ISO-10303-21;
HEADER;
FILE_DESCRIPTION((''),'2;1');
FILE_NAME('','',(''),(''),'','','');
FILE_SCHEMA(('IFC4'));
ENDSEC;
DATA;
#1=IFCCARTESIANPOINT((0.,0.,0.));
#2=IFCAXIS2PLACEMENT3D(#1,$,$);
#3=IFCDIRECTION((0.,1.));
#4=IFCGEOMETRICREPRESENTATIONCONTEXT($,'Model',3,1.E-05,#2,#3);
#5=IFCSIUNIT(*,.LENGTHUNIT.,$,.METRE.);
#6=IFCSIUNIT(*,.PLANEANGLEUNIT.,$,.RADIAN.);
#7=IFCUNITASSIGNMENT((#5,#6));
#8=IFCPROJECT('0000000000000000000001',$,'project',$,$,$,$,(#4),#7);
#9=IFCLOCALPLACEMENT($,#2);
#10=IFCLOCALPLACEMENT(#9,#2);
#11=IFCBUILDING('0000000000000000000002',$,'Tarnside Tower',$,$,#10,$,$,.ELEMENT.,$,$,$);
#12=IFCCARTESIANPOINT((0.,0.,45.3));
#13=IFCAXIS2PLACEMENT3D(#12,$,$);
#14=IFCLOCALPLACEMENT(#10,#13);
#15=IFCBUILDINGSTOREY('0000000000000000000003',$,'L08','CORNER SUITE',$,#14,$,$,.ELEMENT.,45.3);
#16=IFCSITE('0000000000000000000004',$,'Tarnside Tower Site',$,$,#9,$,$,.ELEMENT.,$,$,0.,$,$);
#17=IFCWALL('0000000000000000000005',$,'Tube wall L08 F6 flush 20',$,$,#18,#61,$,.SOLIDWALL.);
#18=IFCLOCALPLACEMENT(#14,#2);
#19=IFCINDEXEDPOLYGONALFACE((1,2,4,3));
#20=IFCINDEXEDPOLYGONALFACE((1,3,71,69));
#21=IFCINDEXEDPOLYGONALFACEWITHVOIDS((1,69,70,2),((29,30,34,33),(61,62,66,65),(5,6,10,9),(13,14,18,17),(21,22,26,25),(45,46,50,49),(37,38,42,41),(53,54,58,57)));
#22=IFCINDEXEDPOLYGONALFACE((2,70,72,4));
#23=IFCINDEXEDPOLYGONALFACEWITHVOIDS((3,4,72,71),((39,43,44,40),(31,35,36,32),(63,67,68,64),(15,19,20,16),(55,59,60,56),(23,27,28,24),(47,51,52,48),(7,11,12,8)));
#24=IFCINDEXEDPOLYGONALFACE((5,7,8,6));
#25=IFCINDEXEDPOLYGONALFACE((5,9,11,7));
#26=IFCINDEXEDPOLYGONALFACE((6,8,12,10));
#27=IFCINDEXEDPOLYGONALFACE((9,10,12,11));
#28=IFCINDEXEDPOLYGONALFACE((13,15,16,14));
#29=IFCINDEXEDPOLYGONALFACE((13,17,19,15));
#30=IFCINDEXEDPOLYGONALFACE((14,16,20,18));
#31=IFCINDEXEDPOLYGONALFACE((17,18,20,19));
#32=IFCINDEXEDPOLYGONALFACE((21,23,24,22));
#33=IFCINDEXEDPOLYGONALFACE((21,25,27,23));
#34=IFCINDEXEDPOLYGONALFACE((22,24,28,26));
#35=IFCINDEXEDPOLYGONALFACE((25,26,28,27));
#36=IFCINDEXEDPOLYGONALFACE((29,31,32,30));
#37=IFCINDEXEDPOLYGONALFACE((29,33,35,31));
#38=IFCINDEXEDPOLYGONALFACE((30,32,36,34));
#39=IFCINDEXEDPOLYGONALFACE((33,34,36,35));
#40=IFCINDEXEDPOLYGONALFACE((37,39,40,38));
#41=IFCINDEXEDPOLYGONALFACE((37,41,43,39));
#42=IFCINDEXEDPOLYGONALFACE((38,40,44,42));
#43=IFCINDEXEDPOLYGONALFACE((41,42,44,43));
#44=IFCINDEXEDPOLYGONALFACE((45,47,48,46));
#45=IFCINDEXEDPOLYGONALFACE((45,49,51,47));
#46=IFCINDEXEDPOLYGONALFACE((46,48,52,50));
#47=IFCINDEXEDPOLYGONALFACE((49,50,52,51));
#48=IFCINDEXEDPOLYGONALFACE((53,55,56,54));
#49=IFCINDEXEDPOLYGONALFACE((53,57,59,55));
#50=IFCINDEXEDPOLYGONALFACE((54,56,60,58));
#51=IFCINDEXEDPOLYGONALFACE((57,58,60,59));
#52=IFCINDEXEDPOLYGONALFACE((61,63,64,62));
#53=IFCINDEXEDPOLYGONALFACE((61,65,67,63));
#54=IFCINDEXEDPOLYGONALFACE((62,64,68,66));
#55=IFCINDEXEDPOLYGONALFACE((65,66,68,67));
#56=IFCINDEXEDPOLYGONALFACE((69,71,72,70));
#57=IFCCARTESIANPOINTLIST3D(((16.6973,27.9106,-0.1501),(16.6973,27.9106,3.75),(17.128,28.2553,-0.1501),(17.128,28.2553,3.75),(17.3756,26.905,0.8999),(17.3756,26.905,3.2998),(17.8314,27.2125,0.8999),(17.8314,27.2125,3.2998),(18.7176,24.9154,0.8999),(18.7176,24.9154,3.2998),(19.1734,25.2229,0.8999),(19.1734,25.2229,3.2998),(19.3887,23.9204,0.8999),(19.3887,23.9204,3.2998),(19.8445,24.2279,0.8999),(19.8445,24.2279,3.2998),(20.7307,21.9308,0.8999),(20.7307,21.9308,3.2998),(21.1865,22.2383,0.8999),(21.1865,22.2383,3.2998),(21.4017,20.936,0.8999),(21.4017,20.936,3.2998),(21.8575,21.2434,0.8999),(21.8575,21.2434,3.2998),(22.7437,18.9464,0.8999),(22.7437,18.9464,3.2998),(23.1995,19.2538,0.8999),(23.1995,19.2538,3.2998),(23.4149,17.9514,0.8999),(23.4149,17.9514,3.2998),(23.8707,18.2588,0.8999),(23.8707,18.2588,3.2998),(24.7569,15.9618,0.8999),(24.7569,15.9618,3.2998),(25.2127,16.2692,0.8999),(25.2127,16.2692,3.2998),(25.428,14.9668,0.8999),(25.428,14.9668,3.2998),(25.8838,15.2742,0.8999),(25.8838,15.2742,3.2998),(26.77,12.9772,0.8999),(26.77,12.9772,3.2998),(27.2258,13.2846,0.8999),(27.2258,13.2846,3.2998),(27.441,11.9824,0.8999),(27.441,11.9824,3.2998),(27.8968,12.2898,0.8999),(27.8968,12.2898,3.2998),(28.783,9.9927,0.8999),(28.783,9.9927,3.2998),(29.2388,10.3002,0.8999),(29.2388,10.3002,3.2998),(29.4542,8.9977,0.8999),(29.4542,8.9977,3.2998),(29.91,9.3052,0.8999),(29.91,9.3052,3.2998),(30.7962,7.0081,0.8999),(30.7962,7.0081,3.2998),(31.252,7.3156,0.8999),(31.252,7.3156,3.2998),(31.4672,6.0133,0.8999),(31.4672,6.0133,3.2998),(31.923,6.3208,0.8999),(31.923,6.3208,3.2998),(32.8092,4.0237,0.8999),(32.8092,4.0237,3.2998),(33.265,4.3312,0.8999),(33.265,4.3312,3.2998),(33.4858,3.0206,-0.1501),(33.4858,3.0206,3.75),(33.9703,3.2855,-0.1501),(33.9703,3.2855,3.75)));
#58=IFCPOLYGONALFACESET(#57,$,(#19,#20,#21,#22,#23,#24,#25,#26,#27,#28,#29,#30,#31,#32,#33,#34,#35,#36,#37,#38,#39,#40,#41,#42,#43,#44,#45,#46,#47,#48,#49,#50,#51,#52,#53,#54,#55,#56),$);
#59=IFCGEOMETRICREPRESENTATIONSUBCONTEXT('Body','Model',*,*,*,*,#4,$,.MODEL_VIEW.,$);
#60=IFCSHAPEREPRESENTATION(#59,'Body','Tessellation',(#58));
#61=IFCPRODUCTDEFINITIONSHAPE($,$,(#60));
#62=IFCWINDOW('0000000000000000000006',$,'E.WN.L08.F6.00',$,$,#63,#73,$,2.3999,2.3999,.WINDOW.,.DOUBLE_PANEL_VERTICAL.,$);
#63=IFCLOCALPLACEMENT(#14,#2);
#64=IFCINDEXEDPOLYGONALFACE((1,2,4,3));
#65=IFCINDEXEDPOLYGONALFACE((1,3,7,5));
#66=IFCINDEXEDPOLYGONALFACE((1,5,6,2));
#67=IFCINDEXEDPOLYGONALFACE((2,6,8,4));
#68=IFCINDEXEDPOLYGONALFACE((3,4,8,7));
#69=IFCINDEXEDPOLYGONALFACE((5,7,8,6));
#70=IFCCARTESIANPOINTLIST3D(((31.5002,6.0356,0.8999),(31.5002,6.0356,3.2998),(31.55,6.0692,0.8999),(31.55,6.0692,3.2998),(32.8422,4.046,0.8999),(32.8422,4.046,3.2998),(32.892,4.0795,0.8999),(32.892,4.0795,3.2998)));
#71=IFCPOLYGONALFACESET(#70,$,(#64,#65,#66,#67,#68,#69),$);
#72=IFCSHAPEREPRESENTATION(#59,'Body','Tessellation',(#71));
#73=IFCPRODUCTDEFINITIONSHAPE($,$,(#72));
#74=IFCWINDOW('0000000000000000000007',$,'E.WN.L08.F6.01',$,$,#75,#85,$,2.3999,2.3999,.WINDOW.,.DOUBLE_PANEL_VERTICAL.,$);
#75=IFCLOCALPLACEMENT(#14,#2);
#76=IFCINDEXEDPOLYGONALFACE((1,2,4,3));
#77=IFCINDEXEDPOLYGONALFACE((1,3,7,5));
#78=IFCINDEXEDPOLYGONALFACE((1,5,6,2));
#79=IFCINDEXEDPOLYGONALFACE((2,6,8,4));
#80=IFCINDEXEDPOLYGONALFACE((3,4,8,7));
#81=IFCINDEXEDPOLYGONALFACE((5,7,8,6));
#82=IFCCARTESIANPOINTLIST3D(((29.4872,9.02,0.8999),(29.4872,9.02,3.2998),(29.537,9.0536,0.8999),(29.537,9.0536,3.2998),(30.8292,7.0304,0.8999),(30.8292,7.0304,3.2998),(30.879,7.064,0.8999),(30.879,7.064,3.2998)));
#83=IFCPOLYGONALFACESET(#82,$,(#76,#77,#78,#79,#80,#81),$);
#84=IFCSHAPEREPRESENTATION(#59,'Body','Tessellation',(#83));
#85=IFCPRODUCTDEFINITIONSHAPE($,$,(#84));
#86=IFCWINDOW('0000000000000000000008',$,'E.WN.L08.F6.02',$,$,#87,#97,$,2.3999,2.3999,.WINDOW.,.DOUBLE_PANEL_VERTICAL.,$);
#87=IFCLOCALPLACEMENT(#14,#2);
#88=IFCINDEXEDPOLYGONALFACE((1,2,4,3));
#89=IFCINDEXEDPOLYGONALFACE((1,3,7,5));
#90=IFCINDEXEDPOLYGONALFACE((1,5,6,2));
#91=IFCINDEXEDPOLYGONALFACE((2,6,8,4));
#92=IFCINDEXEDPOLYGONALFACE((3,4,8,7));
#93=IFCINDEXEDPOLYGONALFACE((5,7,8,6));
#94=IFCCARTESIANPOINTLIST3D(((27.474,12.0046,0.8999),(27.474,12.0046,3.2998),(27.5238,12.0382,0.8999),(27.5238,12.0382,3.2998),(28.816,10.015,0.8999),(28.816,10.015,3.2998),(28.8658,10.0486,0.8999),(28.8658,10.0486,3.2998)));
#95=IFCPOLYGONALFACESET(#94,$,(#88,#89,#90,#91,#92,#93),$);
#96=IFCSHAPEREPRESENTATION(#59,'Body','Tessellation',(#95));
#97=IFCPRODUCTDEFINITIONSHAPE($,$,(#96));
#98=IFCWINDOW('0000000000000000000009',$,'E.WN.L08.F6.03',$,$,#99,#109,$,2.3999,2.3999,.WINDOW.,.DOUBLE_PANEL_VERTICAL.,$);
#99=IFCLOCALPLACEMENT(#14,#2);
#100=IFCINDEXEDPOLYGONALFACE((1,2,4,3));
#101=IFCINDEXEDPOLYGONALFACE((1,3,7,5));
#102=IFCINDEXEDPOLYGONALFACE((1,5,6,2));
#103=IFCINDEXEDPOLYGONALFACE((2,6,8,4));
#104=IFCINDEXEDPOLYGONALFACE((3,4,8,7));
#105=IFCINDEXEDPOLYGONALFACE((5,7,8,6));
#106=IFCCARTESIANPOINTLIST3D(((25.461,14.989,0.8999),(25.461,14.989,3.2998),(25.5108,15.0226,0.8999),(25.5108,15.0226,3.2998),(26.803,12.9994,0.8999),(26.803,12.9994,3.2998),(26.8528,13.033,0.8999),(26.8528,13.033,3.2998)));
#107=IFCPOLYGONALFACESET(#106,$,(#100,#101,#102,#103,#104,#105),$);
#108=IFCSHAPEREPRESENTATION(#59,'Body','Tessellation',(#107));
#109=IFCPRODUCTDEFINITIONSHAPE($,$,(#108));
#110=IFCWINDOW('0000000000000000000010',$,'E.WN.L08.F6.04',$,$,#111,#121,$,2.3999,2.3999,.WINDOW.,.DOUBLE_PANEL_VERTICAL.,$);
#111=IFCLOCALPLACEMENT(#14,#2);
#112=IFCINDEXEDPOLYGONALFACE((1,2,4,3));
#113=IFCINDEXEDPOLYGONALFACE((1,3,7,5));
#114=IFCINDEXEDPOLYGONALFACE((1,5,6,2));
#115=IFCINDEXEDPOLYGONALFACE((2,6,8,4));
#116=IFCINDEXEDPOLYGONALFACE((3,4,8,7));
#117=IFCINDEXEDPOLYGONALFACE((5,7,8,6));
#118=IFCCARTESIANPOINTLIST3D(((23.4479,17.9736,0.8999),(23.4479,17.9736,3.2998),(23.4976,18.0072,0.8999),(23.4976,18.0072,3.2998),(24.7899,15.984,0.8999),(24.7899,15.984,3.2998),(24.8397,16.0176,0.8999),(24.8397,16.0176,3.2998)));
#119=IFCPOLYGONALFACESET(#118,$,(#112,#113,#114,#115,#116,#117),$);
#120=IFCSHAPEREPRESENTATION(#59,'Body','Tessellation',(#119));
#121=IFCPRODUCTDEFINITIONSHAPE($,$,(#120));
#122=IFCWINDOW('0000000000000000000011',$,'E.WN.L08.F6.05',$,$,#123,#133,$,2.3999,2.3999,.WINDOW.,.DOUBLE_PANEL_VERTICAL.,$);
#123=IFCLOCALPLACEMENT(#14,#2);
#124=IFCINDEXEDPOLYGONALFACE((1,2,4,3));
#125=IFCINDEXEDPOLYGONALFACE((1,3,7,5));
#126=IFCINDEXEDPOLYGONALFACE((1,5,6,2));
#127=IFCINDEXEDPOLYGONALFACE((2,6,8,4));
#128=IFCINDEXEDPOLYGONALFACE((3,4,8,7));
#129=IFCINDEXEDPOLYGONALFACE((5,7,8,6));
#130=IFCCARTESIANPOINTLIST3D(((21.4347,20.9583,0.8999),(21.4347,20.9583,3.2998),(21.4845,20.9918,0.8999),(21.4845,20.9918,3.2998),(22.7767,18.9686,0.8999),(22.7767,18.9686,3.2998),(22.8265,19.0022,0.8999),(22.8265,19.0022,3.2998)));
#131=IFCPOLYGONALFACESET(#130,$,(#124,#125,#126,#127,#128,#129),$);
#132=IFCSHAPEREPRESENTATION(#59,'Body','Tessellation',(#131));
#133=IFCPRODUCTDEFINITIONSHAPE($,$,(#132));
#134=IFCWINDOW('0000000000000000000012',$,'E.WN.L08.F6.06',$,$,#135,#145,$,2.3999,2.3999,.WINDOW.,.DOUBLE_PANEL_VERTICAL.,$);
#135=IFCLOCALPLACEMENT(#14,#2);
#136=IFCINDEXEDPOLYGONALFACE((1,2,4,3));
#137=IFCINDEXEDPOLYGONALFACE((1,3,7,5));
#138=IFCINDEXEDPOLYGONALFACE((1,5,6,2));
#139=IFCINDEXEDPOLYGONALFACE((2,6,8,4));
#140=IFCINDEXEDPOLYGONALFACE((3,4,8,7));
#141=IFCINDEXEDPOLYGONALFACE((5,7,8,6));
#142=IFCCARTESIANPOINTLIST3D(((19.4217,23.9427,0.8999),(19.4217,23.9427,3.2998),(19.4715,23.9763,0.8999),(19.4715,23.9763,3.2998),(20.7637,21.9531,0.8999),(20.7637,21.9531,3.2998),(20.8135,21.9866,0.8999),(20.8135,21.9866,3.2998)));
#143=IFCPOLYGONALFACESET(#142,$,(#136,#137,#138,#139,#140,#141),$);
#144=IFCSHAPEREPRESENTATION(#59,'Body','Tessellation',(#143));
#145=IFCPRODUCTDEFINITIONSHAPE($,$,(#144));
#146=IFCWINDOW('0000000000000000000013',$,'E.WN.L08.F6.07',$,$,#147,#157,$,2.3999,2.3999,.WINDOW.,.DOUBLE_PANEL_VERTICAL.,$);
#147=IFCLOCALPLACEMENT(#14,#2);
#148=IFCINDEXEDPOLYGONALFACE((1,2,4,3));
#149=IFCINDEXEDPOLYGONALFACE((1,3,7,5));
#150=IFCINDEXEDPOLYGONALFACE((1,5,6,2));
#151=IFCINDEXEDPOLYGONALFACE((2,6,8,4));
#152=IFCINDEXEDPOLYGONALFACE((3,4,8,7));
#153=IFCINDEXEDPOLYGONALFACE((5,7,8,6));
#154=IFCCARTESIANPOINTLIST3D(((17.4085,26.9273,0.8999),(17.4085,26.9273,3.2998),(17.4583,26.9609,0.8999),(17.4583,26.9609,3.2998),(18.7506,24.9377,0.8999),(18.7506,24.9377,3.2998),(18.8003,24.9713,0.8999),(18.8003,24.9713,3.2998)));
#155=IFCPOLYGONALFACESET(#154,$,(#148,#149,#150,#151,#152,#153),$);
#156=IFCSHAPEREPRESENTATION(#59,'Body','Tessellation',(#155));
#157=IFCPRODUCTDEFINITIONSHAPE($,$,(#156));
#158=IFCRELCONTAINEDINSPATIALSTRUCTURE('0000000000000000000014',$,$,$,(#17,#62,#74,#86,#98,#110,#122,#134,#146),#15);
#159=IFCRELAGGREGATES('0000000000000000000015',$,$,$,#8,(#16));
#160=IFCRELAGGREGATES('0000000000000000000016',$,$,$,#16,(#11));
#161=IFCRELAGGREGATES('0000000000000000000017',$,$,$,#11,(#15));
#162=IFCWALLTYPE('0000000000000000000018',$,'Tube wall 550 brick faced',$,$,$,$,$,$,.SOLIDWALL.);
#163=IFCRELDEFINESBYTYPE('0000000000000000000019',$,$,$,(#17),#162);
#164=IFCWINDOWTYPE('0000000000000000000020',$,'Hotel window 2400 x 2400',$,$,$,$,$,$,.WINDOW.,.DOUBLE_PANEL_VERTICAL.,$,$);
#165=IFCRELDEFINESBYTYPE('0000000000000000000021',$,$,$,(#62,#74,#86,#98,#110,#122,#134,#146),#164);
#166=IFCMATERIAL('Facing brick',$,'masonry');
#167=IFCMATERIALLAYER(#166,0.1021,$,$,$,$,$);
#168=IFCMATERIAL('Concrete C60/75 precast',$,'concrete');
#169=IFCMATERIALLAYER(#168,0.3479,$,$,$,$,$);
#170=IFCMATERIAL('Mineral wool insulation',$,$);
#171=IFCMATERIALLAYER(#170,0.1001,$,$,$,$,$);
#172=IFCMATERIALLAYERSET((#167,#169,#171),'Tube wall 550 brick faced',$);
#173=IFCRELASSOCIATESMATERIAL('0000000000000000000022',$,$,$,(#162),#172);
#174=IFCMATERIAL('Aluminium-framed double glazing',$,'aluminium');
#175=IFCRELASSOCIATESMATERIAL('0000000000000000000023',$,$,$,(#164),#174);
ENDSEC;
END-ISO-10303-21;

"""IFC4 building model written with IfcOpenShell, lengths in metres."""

from ifc_helpers import new_model, si_unit, direction, frame, frame_2d, origin, place, context, subcontext, project, spatial, polyline, rectangle, outline, extrude, material, layer, layer_set, type_object, element, fill, save


model = new_model("IFC4")

# Units and contexts
model_context = context("Model", 3, precision=1e-05, world=origin(), true_north=direction((0.0, 1.0)))
body_context = subcontext(model_context, "Body", "Model", "MODEL_VIEW")
ifc_project = project(units=[si_unit("LENGTHUNIT", "METRE"), si_unit("PLANEANGLEUNIT", "RADIAN")], contexts=[model_context])

# Site, building, storey
site_placement = place(None, origin())
site = spatial("IfcSite", under=ifc_project, at=site_placement, Name="Tarnside Tower Site", CompositionType="ELEMENT", RefElevation=0.0)
building_placement = place(site_placement, origin())
building = spatial("IfcBuilding", under=site, at=building_placement, Name="Tarnside Tower", CompositionType="ELEMENT")
storey_placement = place(building_placement, frame((0.0, 0.0, 45.3)))
storey = spatial("IfcBuildingStorey", under=building, at=storey_placement, Name="L08", Description="CORNER SUITE", CompositionType="ELEMENT", Elevation=45.3)

# Shared definitions
ifc_material_1 = material(Name="Facing brick", Category="masonry")
ifc_layer_1 = layer(ifc_material_1, 0.1021)
ifc_material_2 = material(Name="Concrete C60/75 precast", Category="concrete")
ifc_layer_2 = layer(ifc_material_2, 0.3479)
ifc_material_3 = material(Name="Mineral wool insulation")
ifc_layer_3 = layer(ifc_material_3, 0.1001)
ifc_layer_set_1 = layer_set([ifc_layer_1, ifc_layer_2, ifc_layer_3], Name="Tube wall 550 brick faced")
wall_type_1 = type_object("IfcWallType", Name="Tube wall 550 brick faced", PredefinedType="SOLIDWALL", material=ifc_layer_set_1)

# Wall, openings, windows
wall_1_placement = place(storey_placement, frame((33.728, 3.1531, -0.1501), z_axis=(0.0, 0.0, 1.0), x_axis=(-0.559192, 0.829038, 0.0)))
wall_1 = element("IfcWall", 1, at=wall_1_placement, inside=storey, type_object=wall_type_1, Name="Tube wall L08 F6 flush 20", PredefinedType="SOLIDWALL", context=body_context, shape_type="SweptSolid", body=[
    extrude(outline(polyline([(-0.0256, -0.2749), (30.0933, -0.2749), (30.0483, 0.2749), (0.0256, 0.2749), (-0.0256, -0.2749)])), origin(), (0.0, 0.0, 1.0), 3.9001),
])
opening_1_placement = place(wall_1_placement, frame((1.2356, 0.0, 1.05)))
opening_1 = element("IfcOpeningElement", 2, at=opening_1_placement, cuts=wall_1, PredefinedType="OPENING", context=body_context, shape_type="SweptSolid", body=[
    extrude(rectangle(XDim=2.3999, YDim=2.3999, at=frame_2d((1.2, 1.2))), frame((0.0, 0.2852, 0.0), z_axis=(0.0, -1.0, 0.0), x_axis=(1.0, 0.0, 0.0)), (0.0, 0.0, 1.0), 0.5701),
])
opening_2_placement = place(wall_1_placement, frame((4.8354, 0.0, 1.05)))
opening_2 = element("IfcOpeningElement", 3, at=opening_2_placement, cuts=wall_1, PredefinedType="OPENING", context=body_context, shape_type="SweptSolid", body=[
    extrude(rectangle(XDim=2.3999, YDim=2.3999, at=frame_2d((1.2, 1.2))), frame((0.0, 0.2852, 0.0), z_axis=(0.0, -1.0, 0.0), x_axis=(1.0, 0.0, 0.0)), (0.0, 0.0, 1.0), 0.5701),
])
opening_3_placement = place(wall_1_placement, frame((8.4355, 0.0, 1.05)))
opening_3 = element("IfcOpeningElement", 4, at=opening_3_placement, cuts=wall_1, PredefinedType="OPENING", context=body_context, shape_type="SweptSolid", body=[
    extrude(rectangle(XDim=2.3999, YDim=2.3999, at=frame_2d((1.2, 1.2))), frame((0.0, 0.2852, 0.0), z_axis=(0.0, -1.0, 0.0), x_axis=(1.0, 0.0, 0.0)), (0.0, 0.0, 1.0), 0.5701),
])
opening_4_placement = place(wall_1_placement, frame((12.0354, 0.0, 1.05)))
opening_4 = element("IfcOpeningElement", 5, at=opening_4_placement, cuts=wall_1, PredefinedType="OPENING", context=body_context, shape_type="SweptSolid", body=[
    extrude(rectangle(XDim=2.3999, YDim=2.3999, at=frame_2d((1.2, 1.2))), frame((0.0, 0.2852, 0.0), z_axis=(0.0, -1.0, 0.0), x_axis=(1.0, 0.0, 0.0)), (0.0, 0.0, 1.0), 0.5701),
])
opening_5_placement = place(wall_1_placement, frame((15.6355, 0.0, 1.05)))
opening_5 = element("IfcOpeningElement", 6, at=opening_5_placement, cuts=wall_1, PredefinedType="OPENING", context=body_context, shape_type="SweptSolid", body=[
    extrude(rectangle(XDim=2.3999, YDim=2.3999, at=frame_2d((1.2, 1.2))), frame((0.0, 0.2852, 0.0), z_axis=(0.0, -1.0, 0.0), x_axis=(1.0, 0.0, 0.0)), (0.0, 0.0, 1.0), 0.5701),
])
opening_6_placement = place(wall_1_placement, frame((19.2356, 0.0, 1.05)))
opening_6 = element("IfcOpeningElement", 7, at=opening_6_placement, cuts=wall_1, PredefinedType="OPENING", context=body_context, shape_type="SweptSolid", body=[
    extrude(rectangle(XDim=2.3999, YDim=2.3999, at=frame_2d((1.2, 1.2))), frame((0.0, 0.2852, 0.0), z_axis=(0.0, -1.0, 0.0), x_axis=(1.0, 0.0, 0.0)), (0.0, 0.0, 1.0), 0.5701),
])
opening_7_placement = place(wall_1_placement, frame((22.8354, 0.0, 1.05)))
opening_7 = element("IfcOpeningElement", 8, at=opening_7_placement, cuts=wall_1, PredefinedType="OPENING", context=body_context, shape_type="SweptSolid", body=[
    extrude(rectangle(XDim=2.3999, YDim=2.3999, at=frame_2d((1.2, 1.2))), frame((0.0, 0.2852, 0.0), z_axis=(0.0, -1.0, 0.0), x_axis=(1.0, 0.0, 0.0)), (0.0, 0.0, 1.0), 0.5701),
])
opening_8_placement = place(wall_1_placement, frame((26.4355, 0.0, 1.05)))
opening_8 = element("IfcOpeningElement", 9, at=opening_8_placement, cuts=wall_1, PredefinedType="OPENING", context=body_context, shape_type="SweptSolid", body=[
    extrude(rectangle(XDim=2.3999, YDim=2.3999, at=frame_2d((1.2, 1.2))), frame((0.0, 0.2852, 0.0), z_axis=(0.0, -1.0, 0.0), x_axis=(1.0, 0.0, 0.0)), (0.0, 0.0, 1.0), 0.5701),
])
ifc_material_4 = material(Name="Aluminium-framed double glazing", Category="aluminium")
window_type = type_object("IfcWindowType", Name="Hotel window 2400 x 2400", PartitioningType="DOUBLE_PANEL_VERTICAL", PredefinedType="WINDOW", material=ifc_material_4)
window_1_placement = place(opening_1_placement, frame((0.0, 0.2051, 0.0)))
window_1 = element("IfcWindow", 10, at=window_1_placement, inside=storey, type_object=window_type, Name="E.WN.L08.F6.00", OverallHeight=2.3999, OverallWidth=2.3999, PartitioningType="DOUBLE_PANEL_VERTICAL", PredefinedType="WINDOW", context=body_context, shape_type="SweptSolid", body=[
    extrude(rectangle(XDim=2.3999, YDim=2.3999, at=frame_2d((1.2, 1.2))), frame((0.0, 0.03, 0.0), z_axis=(0.0, -1.0, 0.0), x_axis=(1.0, 0.0, 0.0)), (0.0, 0.0, 1.0), 0.0601),
])
fill(opening_1, window_1)
window_2_placement = place(opening_2_placement, frame((0.0, 0.2051, 0.0)))
window_2 = element("IfcWindow", 11, at=window_2_placement, inside=storey, type_object=window_type, Name="E.WN.L08.F6.01", OverallHeight=2.3999, OverallWidth=2.3999, PartitioningType="DOUBLE_PANEL_VERTICAL", PredefinedType="WINDOW", context=body_context, shape_type="SweptSolid", body=[
    extrude(rectangle(XDim=2.3999, YDim=2.3999, at=frame_2d((1.2, 1.2))), frame((0.0, 0.03, 0.0), z_axis=(0.0, -1.0, 0.0), x_axis=(1.0, 0.0, 0.0)), (0.0, 0.0, 1.0), 0.0601),
])
fill(opening_2, window_2)
window_3_placement = place(opening_3_placement, frame((0.0, 0.2051, 0.0)))
window_3 = element("IfcWindow", 12, at=window_3_placement, inside=storey, type_object=window_type, Name="E.WN.L08.F6.02", OverallHeight=2.3999, OverallWidth=2.3999, PartitioningType="DOUBLE_PANEL_VERTICAL", PredefinedType="WINDOW", context=body_context, shape_type="SweptSolid", body=[
    extrude(rectangle(XDim=2.3999, YDim=2.3999, at=frame_2d((1.2, 1.2))), frame((0.0, 0.03, 0.0), z_axis=(0.0, -1.0, 0.0), x_axis=(1.0, 0.0, 0.0)), (0.0, 0.0, 1.0), 0.0601),
])
fill(opening_3, window_3)
window_4_placement = place(opening_4_placement, frame((0.0, 0.2051, 0.0)))
window_4 = element("IfcWindow", 13, at=window_4_placement, inside=storey, type_object=window_type, Name="E.WN.L08.F6.03", OverallHeight=2.3999, OverallWidth=2.3999, PartitioningType="DOUBLE_PANEL_VERTICAL", PredefinedType="WINDOW", context=body_context, shape_type="SweptSolid", body=[
    extrude(rectangle(XDim=2.3999, YDim=2.3999, at=frame_2d((1.2, 1.2))), frame((0.0, 0.03, 0.0), z_axis=(0.0, -1.0, 0.0), x_axis=(1.0, 0.0, 0.0)), (0.0, 0.0, 1.0), 0.0601),
])
fill(opening_4, window_4)
window_5_placement = place(opening_5_placement, frame((0.0, 0.2051, 0.0)))
window_5 = element("IfcWindow", 14, at=window_5_placement, inside=storey, type_object=window_type, Name="E.WN.L08.F6.04", OverallHeight=2.3999, OverallWidth=2.3999, PartitioningType="DOUBLE_PANEL_VERTICAL", PredefinedType="WINDOW", context=body_context, shape_type="SweptSolid", body=[
    extrude(rectangle(XDim=2.3999, YDim=2.3999, at=frame_2d((1.2, 1.2))), frame((0.0, 0.03, 0.0), z_axis=(0.0, -1.0, 0.0), x_axis=(1.0, 0.0, 0.0)), (0.0, 0.0, 1.0), 0.0601),
])
fill(opening_5, window_5)
window_6_placement = place(opening_6_placement, frame((0.0, 0.2051, 0.0)))
window_6 = element("IfcWindow", 15, at=window_6_placement, inside=storey, type_object=window_type, Name="E.WN.L08.F6.05", OverallHeight=2.3999, OverallWidth=2.3999, PartitioningType="DOUBLE_PANEL_VERTICAL", PredefinedType="WINDOW", context=body_context, shape_type="SweptSolid", body=[
    extrude(rectangle(XDim=2.3999, YDim=2.3999, at=frame_2d((1.2, 1.2))), frame((0.0, 0.03, 0.0), z_axis=(0.0, -1.0, 0.0), x_axis=(1.0, 0.0, 0.0)), (0.0, 0.0, 1.0), 0.0601),
])
fill(opening_6, window_6)
window_7_placement = place(opening_7_placement, frame((0.0, 0.2051, 0.0)))
window_7 = element("IfcWindow", 16, at=window_7_placement, inside=storey, type_object=window_type, Name="E.WN.L08.F6.06", OverallHeight=2.3999, OverallWidth=2.3999, PartitioningType="DOUBLE_PANEL_VERTICAL", PredefinedType="WINDOW", context=body_context, shape_type="SweptSolid", body=[
    extrude(rectangle(XDim=2.3999, YDim=2.3999, at=frame_2d((1.2, 1.2))), frame((0.0, 0.03, 0.0), z_axis=(0.0, -1.0, 0.0), x_axis=(1.0, 0.0, 0.0)), (0.0, 0.0, 1.0), 0.0601),
])
fill(opening_7, window_7)
window_8_placement = place(opening_8_placement, frame((0.0, 0.2051, 0.0)))
window_8 = element("IfcWindow", 17, at=window_8_placement, inside=storey, type_object=window_type, Name="E.WN.L08.F6.07", OverallHeight=2.3999, OverallWidth=2.3999, PartitioningType="DOUBLE_PANEL_VERTICAL", PredefinedType="WINDOW", context=body_context, shape_type="SweptSolid", body=[
    extrude(rectangle(XDim=2.3999, YDim=2.3999, at=frame_2d((1.2, 1.2))), frame((0.0, 0.03, 0.0), z_axis=(0.0, -1.0, 0.0), x_axis=(1.0, 0.0, 0.0)), (0.0, 0.0, 1.0), 0.0601),
])
fill(opening_8, window_8)

save(model, "model.ifc")
